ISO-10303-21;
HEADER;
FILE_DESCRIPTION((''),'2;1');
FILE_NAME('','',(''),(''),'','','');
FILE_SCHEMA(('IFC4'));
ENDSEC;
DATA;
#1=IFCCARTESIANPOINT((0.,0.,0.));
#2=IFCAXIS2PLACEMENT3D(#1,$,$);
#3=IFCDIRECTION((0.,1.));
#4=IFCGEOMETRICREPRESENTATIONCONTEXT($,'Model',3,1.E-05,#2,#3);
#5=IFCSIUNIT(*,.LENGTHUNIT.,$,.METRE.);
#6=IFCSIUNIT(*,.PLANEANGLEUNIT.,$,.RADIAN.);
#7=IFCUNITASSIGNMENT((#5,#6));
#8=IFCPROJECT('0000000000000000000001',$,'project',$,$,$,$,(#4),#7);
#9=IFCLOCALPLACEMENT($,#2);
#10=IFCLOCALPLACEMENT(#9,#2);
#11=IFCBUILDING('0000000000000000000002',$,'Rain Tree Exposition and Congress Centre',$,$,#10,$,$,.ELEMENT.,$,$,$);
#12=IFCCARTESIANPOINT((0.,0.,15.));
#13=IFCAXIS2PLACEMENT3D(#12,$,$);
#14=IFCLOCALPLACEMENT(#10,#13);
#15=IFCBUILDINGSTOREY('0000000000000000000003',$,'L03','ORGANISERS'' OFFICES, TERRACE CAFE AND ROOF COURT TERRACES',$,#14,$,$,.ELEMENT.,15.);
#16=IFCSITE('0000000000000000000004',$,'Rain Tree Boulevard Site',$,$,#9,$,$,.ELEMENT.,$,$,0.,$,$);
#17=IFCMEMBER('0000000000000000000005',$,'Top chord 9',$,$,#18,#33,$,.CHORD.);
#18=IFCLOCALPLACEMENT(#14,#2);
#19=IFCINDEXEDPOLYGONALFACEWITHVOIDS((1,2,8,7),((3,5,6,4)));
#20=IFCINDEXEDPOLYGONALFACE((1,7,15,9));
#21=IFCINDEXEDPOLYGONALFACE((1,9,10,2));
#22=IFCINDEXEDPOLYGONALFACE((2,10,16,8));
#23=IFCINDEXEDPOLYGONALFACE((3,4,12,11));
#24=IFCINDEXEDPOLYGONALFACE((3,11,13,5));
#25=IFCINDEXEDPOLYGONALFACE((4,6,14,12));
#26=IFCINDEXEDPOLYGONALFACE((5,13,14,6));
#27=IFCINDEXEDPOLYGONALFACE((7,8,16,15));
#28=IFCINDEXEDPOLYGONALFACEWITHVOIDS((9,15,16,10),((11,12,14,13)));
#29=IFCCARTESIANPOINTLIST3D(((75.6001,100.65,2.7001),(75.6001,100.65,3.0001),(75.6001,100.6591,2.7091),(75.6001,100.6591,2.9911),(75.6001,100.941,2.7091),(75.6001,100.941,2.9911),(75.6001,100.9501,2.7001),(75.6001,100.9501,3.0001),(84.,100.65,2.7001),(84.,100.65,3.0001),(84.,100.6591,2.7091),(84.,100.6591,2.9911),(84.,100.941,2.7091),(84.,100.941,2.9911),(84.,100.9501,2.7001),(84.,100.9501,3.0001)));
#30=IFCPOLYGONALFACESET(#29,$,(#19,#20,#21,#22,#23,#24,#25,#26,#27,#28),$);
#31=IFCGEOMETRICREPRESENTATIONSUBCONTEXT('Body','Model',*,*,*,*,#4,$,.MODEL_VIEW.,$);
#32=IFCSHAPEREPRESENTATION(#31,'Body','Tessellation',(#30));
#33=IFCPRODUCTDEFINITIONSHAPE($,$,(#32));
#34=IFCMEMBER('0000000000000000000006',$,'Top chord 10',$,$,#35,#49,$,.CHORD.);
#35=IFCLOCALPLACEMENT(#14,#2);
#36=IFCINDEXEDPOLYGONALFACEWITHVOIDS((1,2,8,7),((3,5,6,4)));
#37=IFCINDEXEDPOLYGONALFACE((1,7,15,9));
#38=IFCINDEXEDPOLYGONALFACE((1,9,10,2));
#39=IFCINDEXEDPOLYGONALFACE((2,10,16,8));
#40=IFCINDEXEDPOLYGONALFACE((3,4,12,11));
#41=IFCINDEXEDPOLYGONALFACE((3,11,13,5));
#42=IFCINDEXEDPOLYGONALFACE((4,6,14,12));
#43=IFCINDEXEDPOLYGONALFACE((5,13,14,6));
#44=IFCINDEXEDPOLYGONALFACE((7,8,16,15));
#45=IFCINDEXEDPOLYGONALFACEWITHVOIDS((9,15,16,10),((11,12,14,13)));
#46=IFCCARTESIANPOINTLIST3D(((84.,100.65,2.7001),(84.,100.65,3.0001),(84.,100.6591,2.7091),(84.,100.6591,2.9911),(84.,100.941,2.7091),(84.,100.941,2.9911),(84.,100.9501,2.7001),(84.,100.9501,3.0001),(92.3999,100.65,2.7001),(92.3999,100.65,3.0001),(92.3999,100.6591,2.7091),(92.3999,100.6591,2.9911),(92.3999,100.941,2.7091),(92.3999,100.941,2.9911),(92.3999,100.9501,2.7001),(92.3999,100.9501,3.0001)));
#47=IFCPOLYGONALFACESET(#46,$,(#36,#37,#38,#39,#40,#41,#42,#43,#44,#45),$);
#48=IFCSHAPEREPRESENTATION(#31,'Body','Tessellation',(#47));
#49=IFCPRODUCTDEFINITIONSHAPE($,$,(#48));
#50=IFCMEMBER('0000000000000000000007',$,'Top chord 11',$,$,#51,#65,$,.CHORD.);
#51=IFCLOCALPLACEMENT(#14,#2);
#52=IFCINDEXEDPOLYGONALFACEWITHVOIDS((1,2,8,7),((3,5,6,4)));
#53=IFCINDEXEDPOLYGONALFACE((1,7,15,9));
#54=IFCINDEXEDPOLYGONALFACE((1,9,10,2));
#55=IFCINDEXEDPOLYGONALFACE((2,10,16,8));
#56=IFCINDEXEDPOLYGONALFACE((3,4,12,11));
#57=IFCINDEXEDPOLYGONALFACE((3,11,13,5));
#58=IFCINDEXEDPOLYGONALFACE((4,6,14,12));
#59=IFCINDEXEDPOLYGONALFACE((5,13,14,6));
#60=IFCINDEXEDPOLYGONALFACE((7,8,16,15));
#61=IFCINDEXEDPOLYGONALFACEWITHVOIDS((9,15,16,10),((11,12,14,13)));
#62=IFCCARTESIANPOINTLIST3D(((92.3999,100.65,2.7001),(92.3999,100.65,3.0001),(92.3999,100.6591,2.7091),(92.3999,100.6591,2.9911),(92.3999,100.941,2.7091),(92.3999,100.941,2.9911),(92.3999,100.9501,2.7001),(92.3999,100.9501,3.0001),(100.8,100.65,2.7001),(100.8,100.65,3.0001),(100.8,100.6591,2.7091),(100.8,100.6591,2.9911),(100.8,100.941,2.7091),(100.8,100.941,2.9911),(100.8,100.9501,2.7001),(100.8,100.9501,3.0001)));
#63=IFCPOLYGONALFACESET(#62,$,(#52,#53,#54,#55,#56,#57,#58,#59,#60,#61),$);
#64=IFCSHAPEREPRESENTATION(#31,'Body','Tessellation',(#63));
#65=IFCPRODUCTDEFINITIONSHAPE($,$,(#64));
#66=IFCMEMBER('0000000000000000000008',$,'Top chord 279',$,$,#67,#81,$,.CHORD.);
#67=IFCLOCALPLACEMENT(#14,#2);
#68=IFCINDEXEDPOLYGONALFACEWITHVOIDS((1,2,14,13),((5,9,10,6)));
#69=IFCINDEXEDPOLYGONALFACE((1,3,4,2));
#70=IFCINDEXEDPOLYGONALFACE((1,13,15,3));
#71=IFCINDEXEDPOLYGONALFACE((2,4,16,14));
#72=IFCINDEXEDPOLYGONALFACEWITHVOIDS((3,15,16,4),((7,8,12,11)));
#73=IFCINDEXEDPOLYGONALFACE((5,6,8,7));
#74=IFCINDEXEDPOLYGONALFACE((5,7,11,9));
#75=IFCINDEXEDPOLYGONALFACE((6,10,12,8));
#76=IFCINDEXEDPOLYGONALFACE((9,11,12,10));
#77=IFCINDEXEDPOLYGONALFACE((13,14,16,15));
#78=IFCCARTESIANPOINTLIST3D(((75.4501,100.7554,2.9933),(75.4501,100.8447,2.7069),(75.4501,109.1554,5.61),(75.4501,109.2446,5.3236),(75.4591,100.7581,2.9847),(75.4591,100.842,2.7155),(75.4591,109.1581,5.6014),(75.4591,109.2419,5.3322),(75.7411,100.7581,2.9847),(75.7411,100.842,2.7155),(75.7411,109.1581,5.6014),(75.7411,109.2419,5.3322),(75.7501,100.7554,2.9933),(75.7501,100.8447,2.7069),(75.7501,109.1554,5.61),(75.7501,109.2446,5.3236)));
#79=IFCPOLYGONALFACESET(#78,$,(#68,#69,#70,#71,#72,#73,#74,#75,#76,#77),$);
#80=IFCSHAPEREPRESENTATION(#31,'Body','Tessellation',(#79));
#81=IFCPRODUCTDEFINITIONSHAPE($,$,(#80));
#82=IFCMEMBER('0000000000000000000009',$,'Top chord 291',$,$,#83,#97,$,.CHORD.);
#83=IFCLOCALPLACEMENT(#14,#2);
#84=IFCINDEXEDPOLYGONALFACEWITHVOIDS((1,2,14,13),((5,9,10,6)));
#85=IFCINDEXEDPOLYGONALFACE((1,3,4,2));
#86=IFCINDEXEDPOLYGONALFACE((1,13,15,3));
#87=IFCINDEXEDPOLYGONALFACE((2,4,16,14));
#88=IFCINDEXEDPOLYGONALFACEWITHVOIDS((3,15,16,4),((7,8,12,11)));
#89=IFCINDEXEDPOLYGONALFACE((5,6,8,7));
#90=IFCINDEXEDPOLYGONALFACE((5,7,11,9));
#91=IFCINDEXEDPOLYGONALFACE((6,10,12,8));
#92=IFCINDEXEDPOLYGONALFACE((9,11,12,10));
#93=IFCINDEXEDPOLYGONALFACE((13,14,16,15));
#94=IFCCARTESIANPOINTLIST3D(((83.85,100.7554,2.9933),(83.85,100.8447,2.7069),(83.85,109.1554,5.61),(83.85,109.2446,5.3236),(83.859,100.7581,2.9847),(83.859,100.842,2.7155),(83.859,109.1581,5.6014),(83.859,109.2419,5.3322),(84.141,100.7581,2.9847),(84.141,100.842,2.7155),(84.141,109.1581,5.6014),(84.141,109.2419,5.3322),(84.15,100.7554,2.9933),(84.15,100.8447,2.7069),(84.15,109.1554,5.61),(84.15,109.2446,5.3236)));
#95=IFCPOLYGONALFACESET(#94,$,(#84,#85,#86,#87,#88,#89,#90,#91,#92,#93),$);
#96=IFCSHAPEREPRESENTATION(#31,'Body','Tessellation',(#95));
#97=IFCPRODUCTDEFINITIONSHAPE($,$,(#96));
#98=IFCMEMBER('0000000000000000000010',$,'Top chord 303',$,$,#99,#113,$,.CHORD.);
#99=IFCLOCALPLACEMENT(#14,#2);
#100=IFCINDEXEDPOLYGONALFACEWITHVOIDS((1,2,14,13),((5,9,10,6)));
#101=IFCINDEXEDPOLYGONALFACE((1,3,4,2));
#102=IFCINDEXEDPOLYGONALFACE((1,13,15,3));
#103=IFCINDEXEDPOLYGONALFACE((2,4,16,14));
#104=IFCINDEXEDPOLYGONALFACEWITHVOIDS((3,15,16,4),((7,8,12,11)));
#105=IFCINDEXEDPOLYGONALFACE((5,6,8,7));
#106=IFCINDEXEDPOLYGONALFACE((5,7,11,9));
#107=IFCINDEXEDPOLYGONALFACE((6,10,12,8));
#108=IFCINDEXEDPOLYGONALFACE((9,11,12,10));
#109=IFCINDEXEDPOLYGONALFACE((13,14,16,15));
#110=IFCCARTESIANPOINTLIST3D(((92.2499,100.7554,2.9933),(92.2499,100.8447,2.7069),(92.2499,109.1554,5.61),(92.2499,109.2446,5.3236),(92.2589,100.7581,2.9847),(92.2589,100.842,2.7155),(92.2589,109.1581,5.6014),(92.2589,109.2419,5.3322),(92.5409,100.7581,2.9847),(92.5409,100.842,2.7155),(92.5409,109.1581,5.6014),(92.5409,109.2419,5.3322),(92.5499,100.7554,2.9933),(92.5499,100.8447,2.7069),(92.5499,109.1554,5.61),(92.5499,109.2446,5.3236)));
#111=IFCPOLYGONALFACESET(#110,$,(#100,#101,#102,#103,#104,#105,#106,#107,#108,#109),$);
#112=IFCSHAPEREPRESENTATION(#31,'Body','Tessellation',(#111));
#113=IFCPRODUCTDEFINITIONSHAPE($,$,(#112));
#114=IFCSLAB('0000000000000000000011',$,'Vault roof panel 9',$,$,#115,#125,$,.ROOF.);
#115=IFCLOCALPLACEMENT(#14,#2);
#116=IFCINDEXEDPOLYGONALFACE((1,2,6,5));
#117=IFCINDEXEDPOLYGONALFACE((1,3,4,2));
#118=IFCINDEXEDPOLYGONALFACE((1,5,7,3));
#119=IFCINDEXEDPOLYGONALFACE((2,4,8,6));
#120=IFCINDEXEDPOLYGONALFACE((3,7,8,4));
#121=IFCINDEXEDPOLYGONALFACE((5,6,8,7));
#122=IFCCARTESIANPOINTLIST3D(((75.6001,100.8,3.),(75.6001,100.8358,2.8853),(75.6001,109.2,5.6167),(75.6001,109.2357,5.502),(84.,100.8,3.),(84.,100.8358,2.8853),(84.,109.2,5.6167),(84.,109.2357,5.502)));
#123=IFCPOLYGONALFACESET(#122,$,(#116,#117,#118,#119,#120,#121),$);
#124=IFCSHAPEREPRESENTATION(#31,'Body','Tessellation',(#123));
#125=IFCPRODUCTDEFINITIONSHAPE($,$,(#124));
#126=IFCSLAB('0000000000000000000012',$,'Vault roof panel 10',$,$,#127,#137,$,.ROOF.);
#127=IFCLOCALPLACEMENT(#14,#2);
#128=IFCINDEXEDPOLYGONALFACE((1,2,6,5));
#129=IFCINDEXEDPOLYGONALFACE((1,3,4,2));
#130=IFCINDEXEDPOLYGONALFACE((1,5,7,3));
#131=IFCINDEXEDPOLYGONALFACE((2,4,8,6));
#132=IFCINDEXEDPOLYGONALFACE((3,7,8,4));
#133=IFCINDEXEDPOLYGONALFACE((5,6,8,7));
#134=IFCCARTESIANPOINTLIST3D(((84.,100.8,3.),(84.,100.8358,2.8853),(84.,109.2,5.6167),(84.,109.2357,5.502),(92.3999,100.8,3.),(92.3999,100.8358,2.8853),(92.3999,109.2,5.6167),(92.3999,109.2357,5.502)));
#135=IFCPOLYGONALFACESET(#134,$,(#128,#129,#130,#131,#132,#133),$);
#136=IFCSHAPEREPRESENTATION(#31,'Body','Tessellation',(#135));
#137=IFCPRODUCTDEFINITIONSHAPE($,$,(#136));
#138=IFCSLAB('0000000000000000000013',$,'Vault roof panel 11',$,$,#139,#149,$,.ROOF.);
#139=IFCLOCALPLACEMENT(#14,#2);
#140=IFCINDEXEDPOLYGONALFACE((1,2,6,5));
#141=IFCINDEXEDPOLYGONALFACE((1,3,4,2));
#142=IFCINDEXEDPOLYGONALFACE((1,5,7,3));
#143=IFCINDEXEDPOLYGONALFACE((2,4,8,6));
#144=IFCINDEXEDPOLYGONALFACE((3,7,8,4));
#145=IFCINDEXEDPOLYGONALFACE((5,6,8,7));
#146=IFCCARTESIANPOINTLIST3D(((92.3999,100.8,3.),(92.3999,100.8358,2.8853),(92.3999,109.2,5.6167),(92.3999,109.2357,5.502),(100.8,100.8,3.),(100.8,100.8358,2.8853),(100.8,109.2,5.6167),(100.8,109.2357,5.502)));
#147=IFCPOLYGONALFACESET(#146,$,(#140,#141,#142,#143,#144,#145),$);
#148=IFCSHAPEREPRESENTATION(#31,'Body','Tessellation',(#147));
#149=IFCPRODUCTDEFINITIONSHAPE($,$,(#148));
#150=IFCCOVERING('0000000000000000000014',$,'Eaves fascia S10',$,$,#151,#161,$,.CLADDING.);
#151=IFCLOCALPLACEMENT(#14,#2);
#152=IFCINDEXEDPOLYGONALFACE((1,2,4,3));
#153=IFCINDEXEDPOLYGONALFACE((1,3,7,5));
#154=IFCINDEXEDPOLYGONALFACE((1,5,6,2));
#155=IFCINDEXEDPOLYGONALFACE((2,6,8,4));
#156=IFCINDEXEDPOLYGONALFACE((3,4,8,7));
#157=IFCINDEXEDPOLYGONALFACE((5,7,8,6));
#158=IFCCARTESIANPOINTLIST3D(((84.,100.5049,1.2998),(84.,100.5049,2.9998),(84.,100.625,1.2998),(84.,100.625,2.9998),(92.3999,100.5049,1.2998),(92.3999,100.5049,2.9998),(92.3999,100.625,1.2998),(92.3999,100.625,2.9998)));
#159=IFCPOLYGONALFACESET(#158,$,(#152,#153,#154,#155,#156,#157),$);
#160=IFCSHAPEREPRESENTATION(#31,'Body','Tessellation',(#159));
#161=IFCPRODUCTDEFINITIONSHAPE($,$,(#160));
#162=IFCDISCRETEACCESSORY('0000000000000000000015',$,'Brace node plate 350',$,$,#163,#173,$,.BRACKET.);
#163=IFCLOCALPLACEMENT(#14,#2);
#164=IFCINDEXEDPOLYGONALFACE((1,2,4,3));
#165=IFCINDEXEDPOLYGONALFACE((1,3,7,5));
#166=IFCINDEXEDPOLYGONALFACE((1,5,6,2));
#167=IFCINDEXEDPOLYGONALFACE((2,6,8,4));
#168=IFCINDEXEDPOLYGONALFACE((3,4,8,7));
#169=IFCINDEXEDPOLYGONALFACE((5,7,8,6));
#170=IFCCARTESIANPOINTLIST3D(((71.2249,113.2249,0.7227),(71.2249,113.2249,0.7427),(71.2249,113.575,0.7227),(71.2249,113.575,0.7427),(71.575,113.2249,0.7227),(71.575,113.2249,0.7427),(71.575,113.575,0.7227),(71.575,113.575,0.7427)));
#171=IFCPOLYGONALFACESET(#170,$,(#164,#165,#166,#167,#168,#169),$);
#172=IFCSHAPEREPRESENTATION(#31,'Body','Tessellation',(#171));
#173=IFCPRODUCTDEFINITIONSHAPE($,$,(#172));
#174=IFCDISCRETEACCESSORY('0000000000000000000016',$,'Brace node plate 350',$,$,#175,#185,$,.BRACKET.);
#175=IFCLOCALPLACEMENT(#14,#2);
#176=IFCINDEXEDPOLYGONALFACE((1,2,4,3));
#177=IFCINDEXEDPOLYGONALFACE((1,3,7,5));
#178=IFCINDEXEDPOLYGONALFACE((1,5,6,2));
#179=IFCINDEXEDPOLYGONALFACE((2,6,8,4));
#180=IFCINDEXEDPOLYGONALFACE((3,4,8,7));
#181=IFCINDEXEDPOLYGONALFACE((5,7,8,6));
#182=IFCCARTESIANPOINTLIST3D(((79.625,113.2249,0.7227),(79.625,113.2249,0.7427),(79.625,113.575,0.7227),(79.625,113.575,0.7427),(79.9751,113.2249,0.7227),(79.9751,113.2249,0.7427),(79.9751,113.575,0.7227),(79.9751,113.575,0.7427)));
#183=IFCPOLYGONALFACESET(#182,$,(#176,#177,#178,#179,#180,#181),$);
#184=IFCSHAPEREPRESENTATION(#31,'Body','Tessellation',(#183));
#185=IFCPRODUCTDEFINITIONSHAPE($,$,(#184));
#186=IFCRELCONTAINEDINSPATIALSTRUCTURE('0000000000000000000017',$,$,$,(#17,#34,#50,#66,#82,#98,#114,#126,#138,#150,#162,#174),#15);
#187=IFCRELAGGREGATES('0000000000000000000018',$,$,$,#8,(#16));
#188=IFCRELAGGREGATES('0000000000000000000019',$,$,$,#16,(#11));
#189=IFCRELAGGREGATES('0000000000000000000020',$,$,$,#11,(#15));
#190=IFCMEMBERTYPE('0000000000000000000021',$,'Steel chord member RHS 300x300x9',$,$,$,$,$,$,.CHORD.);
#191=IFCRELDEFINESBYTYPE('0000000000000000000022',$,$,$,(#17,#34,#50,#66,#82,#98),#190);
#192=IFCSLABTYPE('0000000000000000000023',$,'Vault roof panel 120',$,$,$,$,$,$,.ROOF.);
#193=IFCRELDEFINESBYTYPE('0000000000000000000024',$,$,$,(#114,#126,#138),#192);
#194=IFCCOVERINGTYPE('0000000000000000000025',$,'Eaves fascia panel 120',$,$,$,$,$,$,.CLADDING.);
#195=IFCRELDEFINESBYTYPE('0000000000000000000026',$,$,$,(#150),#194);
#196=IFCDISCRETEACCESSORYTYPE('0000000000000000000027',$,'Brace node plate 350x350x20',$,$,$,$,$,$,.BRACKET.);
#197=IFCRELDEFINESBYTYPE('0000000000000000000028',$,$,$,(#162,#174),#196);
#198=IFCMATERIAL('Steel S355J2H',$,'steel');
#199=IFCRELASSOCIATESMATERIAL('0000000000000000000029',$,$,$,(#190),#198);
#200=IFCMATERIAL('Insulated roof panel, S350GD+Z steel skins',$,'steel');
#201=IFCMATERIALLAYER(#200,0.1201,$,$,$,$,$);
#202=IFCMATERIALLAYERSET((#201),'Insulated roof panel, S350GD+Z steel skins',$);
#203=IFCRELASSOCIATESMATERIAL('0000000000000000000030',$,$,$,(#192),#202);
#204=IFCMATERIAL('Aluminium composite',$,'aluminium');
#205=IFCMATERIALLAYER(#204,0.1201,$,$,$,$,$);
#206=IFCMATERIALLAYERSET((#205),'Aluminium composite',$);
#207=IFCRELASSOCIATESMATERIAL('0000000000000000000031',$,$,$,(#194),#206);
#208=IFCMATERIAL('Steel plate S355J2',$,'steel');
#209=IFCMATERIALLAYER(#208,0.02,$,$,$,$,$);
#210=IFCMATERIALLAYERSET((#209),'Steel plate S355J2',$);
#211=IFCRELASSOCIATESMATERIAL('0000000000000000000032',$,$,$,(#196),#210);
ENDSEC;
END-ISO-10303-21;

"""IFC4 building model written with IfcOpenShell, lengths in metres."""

from ifc_helpers import new_model, si_unit, direction, frame, origin, origin_2d, place, context, subcontext, project, spatial, polyline, rectangle, hollow_rectangle, outline, extrude, material, layer, layer_set, material_profile, profile_set, type_object, element, save


model = new_model("IFC4")

# Units and contexts
model_context = context("Model", 3, precision=1e-05, world=origin(), true_north=direction((0.0, 1.0)))
body_context = subcontext(model_context, "Body", "Model", "MODEL_VIEW")
ifc_project = project(units=[si_unit("LENGTHUNIT", "METRE"), si_unit("PLANEANGLEUNIT", "RADIAN")], contexts=[model_context])

# Site, building, storey
site_placement = place(None, origin())
site = spatial("IfcSite", under=ifc_project, at=site_placement, Name="Rain Tree Boulevard Site", CompositionType="ELEMENT", RefElevation=0.0)
building_placement = place(site_placement, origin())
building = spatial("IfcBuilding", under=site, at=building_placement, Name="Rain Tree Exposition and Congress Centre", CompositionType="ELEMENT")
storey_placement = place(building_placement, frame((0.0, 0.0, 15.0)))
storey = spatial("IfcBuildingStorey", under=building, at=storey_placement, Name="L03", Description="ORGANISERS' OFFICES, TERRACE CAFE AND ROOF COURT TERRACES", CompositionType="ELEMENT", Elevation=15.0)

# Members
ifc_material_1 = material(Name="Steel S355J2H", Category="steel")
ifc_material_profile_1 = material_profile(ifc_material_1, hollow_rectangle(XDim=0.3, YDim=0.3, WallThickness=0.009, at=origin_2d()), Name="RHS 300x300x9")
ifc_profile_set_1 = profile_set([ifc_material_profile_1], Name="Steel S355J2H")
member_type_1 = type_object("IfcMemberType", Name="Steel chord member RHS 300x300x9", PredefinedType="CHORD", material=ifc_profile_set_1)
for number, where, z_axis, x_axis, name in (
    (1, (75.6001, 100.8, 2.8501), (1.0, 0.0, 0.0), (0.0, 1.0, 0.0), "Top chord 9"),
    (2, (84.0, 100.8, 2.8501), (1.0, 0.0, 0.0), (0.0, 1.0, 0.0), "Top chord 10"),
):
    element("IfcMember", number, at=place(storey_placement, frame(where, z_axis=z_axis, x_axis=x_axis)), inside=storey, type_object=member_type_1, Name=name, PredefinedType="CHORD", context=body_context, shape_type="SweptSolid", body=[
        extrude(hollow_rectangle(XDim=0.3, YDim=0.3, WallThickness=0.009, at=origin_2d()), origin(), (0.0, 0.0, 1.0), 8.3999),
    ])
member_1_placement = place(storey_placement, frame((92.3999, 100.8, 2.8501), z_axis=(1.0, 0.0, 0.0), x_axis=(0.0, 1.0, 0.0)))
element("IfcMember", 3, at=member_1_placement, inside=storey, type_object=member_type_1, Name="Top chord 11", PredefinedType="CHORD", context=body_context, shape_type="SweptSolid", body=[
    extrude(hollow_rectangle(XDim=0.3, YDim=0.3, WallThickness=0.009, at=origin_2d()), origin(), (0.0, 0.0, 1.0), 8.4001),
])
for number, where, z_axis, x_axis, name in (
    (4, (75.6001, 100.8, 2.8501), (0.0, 0.954747, 0.297418), (-1.0, 0.0, 0.0), "Top chord 279"),
    (5, (84.0, 100.8, 2.8501), (0.0, 0.954747, 0.297418), (-1.0, 0.0, 0.0), "Top chord 291"),
    (6, (92.3999, 100.8, 2.8501), (0.0, 0.954747, 0.297418), (-1.0, 0.0, 0.0), "Top chord 303"),
):
    element("IfcMember", number, at=place(storey_placement, frame(where, z_axis=z_axis, x_axis=x_axis)), inside=storey, type_object=member_type_1, Name=name, PredefinedType="CHORD", context=body_context, shape_type="SweptSolid", body=[
        extrude(hollow_rectangle(XDim=0.3, YDim=0.3, WallThickness=0.009, at=origin_2d()), origin(), (0.0, 0.0, 1.0), 8.7981),
    ])

# Slabs
ifc_material_2 = material(Name="Insulated roof panel, S350GD+Z steel skins", Category="steel")
ifc_layer_1 = layer(ifc_material_2, 0.1201)
ifc_layer_set_1 = layer_set([ifc_layer_1], Name="Insulated roof panel, S350GD+Z steel skins")
slab_type = type_object("IfcSlabType", Name="Vault roof panel 120", PredefinedType="ROOF", material=ifc_layer_set_1)
for number, where, z_axis, x_axis, name in (
    (7, (75.6001, 100.8, 3.0), (0.0, -0.297418, 0.954747), (1.0, 0.0, 0.0), "Vault roof panel 9"),
    (8, (84.0, 100.8, 3.0), (0.0, -0.297418, 0.954747), (1.0, 0.0, 0.0), "Vault roof panel 10"),
):
    element("IfcSlab", number, at=place(storey_placement, frame(where, z_axis=z_axis, x_axis=x_axis)), inside=storey, type_object=slab_type, Name=name, PredefinedType="ROOF", context=body_context, shape_type="SweptSolid", body=[
        extrude(outline(polyline([(0.0, 0.0), (8.3999, 0.0), (8.3999, 8.798), (0.0, 8.798), (0.0, 0.0)])), origin(), (0.0, 0.0, -1.0), 0.1201),
    ])
slab_placement = place(storey_placement, frame((92.3999, 100.8, 3.0), z_axis=(0.0, -0.297418, 0.954747), x_axis=(1.0, 0.0, 0.0)))
element("IfcSlab", 9, at=slab_placement, inside=storey, type_object=slab_type, Name="Vault roof panel 11", PredefinedType="ROOF", context=body_context, shape_type="SweptSolid", body=[
    extrude(outline(polyline([(0.0, 0.0), (8.4001, 0.0), (8.4001, 8.798), (0.0, 8.798), (0.0, 0.0)])), origin(), (0.0, 0.0, -1.0), 0.1201),
])

# Covering
ifc_material_3 = material(Name="Aluminium composite", Category="aluminium")
ifc_layer_2 = layer(ifc_material_3, 0.1201)
ifc_layer_set_2 = layer_set([ifc_layer_2], Name="Aluminium composite")
covering_type = type_object("IfcCoveringType", Name="Eaves fascia panel 120", PredefinedType="CLADDING", material=ifc_layer_set_2)
covering_placement = place(storey_placement, frame((88.2, 100.5649, 1.2998), z_axis=(0.0, 0.0, 1.0), x_axis=(1.0, 0.0, 0.0)))
element("IfcCovering", 10, at=covering_placement, inside=storey, type_object=covering_type, Name="Eaves fascia S10", PredefinedType="CLADDING", context=body_context, shape_type="SweptSolid", body=[
    extrude(rectangle(XDim=8.3999, YDim=0.1201, at=origin_2d()), origin(), (0.0, 0.0, 1.0), 1.7),
])

# Discrete accessories
ifc_material_4 = material(Name="Steel plate S355J2", Category="steel")
ifc_layer_3 = layer(ifc_material_4, 0.02)
ifc_layer_set_3 = layer_set([ifc_layer_3], Name="Steel plate S355J2")
discrete_accessory_type_1 = type_object("IfcDiscreteAccessoryType", Name="Brace node plate 350x350x20", PredefinedType="BRACKET", material=ifc_layer_set_3)
for number, where, z_axis, x_axis, name in (
    (11, (71.3999, 113.3999, 0.7227), (0.0, 0.0, 1.0), (1.0, 0.0, 0.0), "Brace node plate 350"),
    (12, (79.8, 113.3999, 0.7227), (0.0, 0.0, 1.0), (1.0, 0.0, 0.0), "Brace node plate 350"),
):
    element("IfcDiscreteAccessory", number, at=place(storey_placement, frame(where, z_axis=z_axis, x_axis=x_axis)), inside=storey, type_object=discrete_accessory_type_1, Name=name, PredefinedType="BRACKET", context=body_context, shape_type="SweptSolid", body=[
        extrude(rectangle(XDim=0.3501, YDim=0.3501, at=origin_2d()), origin(), (0.0, 0.0, 1.0), 0.02),
    ])

save(model, "model.ifc")
